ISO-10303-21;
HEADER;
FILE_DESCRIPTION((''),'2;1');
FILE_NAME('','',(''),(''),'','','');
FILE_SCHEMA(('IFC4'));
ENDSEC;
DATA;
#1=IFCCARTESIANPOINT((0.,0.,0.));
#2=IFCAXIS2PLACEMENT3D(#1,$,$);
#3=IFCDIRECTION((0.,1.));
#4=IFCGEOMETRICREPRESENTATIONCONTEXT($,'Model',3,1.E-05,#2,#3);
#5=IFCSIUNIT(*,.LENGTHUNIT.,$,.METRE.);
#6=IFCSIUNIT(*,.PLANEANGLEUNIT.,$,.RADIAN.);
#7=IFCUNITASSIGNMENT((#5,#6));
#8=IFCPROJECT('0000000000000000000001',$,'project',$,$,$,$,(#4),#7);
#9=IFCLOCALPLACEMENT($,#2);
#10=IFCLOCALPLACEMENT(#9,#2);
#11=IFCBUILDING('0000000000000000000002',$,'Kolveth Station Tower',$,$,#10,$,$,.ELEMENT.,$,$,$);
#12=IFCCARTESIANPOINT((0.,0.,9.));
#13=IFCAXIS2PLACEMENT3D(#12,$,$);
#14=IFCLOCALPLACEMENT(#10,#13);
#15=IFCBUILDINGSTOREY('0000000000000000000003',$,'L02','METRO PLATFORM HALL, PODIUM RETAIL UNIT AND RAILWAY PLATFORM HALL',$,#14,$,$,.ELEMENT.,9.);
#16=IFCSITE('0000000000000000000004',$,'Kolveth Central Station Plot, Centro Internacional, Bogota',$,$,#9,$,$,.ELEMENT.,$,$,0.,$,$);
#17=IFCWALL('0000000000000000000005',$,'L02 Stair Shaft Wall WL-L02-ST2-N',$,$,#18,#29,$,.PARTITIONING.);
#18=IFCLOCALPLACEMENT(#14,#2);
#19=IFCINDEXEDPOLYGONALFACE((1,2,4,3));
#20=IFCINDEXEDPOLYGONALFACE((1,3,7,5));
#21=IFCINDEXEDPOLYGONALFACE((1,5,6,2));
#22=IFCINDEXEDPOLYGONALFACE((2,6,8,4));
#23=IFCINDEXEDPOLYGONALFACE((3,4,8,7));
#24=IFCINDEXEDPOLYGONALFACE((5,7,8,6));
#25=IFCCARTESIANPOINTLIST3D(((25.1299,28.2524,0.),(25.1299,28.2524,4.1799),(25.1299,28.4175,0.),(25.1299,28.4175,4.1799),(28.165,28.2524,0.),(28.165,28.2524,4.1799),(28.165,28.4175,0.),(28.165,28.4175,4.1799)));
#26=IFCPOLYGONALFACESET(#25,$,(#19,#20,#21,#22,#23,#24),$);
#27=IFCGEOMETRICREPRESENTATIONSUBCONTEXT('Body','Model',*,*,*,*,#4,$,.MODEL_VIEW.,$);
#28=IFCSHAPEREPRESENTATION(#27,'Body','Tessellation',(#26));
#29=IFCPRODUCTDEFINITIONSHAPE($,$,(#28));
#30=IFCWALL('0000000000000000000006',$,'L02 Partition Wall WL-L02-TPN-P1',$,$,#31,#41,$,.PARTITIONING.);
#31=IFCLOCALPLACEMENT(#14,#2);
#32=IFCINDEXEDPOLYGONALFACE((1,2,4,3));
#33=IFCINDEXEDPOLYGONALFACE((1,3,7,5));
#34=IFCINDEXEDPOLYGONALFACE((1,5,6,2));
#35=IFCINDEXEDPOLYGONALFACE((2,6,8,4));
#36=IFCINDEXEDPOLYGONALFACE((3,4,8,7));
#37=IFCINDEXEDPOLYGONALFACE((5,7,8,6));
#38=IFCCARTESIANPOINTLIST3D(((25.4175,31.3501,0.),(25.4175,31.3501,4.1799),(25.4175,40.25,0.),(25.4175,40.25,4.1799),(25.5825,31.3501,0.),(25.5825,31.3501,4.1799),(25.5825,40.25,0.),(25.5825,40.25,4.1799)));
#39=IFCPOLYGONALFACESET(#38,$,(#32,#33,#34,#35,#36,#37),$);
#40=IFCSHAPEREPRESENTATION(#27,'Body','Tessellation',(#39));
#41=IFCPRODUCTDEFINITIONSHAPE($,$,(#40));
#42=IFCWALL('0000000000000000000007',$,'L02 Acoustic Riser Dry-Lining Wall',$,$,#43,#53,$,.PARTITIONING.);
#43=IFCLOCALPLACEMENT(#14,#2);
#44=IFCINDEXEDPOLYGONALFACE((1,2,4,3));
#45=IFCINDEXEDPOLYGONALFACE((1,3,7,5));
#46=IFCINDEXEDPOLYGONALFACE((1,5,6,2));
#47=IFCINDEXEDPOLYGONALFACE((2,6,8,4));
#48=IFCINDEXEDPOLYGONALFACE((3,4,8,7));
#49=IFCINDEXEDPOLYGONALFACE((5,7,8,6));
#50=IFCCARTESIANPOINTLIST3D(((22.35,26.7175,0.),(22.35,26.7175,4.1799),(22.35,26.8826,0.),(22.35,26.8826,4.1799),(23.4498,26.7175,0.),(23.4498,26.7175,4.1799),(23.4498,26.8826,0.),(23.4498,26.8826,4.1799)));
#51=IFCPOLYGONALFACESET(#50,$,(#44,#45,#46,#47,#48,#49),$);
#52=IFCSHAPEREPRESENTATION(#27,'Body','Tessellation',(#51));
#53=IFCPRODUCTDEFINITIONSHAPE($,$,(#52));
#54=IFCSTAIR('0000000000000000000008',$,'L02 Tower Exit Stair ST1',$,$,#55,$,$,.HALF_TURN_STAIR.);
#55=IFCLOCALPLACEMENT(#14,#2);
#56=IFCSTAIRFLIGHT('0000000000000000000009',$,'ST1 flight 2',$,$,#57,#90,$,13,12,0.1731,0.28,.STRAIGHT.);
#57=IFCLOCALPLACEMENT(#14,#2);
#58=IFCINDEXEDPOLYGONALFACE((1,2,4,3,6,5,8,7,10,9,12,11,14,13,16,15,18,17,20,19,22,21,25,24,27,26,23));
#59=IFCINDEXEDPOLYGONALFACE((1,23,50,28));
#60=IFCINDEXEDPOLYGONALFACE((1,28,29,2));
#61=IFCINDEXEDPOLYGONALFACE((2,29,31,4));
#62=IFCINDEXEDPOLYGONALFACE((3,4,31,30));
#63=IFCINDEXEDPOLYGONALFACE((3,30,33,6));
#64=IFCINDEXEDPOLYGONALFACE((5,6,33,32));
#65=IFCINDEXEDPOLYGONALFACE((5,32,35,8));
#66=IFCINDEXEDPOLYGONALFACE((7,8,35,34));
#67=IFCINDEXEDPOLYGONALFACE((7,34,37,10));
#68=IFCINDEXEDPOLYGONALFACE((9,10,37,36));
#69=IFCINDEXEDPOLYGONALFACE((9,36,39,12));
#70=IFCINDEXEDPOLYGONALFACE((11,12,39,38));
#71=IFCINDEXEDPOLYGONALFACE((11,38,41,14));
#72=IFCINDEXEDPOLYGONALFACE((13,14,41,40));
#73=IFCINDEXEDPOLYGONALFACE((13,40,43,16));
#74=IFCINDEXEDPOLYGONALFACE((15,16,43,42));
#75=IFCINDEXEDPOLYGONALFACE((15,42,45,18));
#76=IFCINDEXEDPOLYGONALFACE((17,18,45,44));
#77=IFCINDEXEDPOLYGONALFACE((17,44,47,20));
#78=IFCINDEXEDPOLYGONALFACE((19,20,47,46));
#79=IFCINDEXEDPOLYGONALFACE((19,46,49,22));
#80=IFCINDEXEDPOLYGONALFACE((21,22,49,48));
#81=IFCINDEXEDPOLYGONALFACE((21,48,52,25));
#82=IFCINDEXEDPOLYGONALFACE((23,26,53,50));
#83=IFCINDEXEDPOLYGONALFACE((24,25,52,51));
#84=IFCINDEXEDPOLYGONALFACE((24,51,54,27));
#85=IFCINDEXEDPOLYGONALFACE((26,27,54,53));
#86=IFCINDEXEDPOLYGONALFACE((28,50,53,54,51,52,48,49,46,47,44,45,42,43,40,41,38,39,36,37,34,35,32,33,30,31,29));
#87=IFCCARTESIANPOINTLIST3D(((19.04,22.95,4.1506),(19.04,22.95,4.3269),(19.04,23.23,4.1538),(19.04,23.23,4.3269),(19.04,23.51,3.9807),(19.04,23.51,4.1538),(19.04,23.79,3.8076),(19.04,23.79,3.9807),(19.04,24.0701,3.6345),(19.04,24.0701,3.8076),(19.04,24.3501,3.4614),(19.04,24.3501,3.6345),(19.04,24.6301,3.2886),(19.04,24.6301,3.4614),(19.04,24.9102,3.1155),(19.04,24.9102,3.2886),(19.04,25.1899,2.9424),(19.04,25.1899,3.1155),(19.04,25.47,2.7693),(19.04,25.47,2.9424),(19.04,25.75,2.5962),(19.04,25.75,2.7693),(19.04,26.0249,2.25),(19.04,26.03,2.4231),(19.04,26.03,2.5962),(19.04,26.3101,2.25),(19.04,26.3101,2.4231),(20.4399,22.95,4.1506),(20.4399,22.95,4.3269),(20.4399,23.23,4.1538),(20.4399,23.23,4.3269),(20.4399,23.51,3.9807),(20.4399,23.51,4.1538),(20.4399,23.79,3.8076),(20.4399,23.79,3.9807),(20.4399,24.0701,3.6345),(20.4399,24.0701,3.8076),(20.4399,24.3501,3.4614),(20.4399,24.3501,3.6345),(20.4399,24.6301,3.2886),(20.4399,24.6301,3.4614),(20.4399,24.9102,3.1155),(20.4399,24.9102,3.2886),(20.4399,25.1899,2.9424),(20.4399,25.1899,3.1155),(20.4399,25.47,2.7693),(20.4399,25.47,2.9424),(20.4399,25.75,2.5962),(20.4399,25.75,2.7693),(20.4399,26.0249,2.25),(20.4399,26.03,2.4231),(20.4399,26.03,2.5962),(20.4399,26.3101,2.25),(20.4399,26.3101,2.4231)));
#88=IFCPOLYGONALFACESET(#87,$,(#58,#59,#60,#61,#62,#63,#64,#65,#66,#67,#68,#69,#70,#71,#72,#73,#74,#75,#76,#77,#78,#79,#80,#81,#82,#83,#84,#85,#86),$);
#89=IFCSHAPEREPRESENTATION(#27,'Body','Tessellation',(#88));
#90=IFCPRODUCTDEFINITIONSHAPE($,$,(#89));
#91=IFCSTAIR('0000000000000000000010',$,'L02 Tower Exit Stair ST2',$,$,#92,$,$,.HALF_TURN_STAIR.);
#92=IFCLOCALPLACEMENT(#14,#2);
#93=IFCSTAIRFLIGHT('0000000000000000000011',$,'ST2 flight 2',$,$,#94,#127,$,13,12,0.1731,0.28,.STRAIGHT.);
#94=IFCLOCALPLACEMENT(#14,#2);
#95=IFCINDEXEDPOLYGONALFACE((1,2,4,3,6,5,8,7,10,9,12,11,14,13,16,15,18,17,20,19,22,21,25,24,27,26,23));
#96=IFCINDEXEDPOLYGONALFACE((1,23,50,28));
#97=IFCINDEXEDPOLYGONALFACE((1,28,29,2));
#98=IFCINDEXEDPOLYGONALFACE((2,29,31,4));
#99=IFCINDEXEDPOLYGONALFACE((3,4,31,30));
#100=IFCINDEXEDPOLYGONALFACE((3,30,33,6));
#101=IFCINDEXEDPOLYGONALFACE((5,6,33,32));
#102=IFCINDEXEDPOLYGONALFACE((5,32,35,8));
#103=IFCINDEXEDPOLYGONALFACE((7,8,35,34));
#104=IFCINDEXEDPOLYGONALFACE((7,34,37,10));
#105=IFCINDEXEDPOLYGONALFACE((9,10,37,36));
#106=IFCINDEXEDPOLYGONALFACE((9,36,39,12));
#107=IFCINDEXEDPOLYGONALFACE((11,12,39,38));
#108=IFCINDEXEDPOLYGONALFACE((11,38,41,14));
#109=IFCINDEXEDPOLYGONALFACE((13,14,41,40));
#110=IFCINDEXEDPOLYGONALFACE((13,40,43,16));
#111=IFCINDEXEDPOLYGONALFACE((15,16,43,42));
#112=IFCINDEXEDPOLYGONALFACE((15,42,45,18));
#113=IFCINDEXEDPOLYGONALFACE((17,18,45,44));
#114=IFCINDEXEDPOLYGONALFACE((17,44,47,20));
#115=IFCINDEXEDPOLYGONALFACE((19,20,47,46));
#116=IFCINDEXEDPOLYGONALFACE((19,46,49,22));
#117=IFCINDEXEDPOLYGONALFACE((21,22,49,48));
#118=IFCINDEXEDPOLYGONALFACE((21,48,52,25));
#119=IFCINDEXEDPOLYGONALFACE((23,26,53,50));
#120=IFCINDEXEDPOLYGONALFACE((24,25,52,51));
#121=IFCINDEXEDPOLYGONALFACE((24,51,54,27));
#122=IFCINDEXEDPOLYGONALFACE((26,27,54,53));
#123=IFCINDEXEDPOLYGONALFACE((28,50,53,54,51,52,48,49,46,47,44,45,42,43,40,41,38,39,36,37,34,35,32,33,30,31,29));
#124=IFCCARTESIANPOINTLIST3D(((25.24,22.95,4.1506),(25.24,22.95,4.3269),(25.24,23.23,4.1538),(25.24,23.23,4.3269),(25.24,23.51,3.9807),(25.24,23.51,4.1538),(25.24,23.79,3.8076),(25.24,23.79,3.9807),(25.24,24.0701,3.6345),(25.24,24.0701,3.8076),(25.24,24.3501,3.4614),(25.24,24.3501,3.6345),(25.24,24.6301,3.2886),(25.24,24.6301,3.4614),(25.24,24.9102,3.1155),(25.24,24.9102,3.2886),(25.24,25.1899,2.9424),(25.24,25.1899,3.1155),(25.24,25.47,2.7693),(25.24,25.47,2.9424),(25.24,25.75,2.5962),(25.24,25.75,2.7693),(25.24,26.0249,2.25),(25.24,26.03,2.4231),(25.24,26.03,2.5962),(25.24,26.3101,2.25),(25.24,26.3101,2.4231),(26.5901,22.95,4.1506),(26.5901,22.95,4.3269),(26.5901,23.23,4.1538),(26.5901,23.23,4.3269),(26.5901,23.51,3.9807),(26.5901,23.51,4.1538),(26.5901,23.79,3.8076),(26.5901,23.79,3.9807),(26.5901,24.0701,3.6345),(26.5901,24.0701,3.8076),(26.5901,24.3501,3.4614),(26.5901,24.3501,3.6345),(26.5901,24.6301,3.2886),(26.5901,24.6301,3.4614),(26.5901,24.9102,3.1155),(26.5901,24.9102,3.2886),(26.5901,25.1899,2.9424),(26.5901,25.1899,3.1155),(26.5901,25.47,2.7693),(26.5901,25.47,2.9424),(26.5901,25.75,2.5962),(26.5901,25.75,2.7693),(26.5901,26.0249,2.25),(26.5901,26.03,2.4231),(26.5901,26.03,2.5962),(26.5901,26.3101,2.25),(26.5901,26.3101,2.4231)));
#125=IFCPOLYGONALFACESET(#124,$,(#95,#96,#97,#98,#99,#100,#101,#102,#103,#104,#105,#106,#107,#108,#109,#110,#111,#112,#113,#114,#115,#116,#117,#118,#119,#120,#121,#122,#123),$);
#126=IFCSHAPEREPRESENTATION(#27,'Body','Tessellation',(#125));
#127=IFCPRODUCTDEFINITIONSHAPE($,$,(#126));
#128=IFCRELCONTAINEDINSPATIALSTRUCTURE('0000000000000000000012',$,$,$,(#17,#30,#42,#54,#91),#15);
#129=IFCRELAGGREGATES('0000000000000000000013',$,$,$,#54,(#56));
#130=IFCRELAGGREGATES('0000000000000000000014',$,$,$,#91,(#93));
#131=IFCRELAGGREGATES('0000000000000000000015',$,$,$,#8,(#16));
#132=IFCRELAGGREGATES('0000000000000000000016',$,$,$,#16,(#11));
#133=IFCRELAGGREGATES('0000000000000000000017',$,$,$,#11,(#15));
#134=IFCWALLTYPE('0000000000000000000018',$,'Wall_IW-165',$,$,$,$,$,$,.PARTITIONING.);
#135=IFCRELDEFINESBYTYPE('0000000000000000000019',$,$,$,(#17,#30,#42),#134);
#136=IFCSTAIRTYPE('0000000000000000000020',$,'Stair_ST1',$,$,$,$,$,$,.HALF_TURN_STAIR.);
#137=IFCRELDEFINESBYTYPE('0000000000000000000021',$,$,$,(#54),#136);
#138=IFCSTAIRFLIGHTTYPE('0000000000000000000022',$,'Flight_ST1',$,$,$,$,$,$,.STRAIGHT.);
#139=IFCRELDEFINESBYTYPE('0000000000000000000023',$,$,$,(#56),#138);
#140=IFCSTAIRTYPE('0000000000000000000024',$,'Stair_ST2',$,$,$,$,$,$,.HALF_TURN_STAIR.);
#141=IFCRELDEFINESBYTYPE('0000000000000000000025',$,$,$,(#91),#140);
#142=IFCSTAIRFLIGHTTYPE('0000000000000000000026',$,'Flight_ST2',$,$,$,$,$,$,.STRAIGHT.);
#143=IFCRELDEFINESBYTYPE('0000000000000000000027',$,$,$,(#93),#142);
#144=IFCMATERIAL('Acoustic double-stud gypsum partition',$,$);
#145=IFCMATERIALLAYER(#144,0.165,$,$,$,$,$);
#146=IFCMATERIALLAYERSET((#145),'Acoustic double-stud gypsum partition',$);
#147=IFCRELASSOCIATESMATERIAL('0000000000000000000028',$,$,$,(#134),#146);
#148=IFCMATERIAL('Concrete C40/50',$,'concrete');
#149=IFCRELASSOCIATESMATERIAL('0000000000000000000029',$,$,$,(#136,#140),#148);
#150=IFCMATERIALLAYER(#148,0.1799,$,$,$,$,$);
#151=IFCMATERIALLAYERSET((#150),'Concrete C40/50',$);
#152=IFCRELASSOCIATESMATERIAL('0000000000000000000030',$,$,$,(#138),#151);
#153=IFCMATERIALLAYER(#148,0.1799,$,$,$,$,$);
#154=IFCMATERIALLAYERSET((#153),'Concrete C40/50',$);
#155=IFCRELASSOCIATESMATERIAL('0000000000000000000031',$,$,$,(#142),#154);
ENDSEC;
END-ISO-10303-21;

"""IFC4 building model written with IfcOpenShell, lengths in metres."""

from ifc_helpers import new_model, si_unit, direction, frame, frame_2d, origin, place, context, subcontext, project, spatial, polyline, rectangle, outline, extrude, material, layer, layer_set, type_object, element, aggregate, save


model = new_model("IFC4")

# Units and contexts
model_context = context("Model", 3, precision=1e-05, world=origin(), true_north=direction((0.0, 1.0)))
body_context = subcontext(model_context, "Body", "Model", "MODEL_VIEW")
ifc_project = project(units=[si_unit("LENGTHUNIT", "METRE"), si_unit("PLANEANGLEUNIT", "RADIAN")], contexts=[model_context])

# Site, building, storey
site_placement = place(None, origin())
site = spatial("IfcSite", under=ifc_project, at=site_placement, Name="Kolveth Central Station Plot, Centro Internacional, Bogota", CompositionType="ELEMENT", RefElevation=0.0)
building_placement = place(site_placement, origin())
building = spatial("IfcBuilding", under=site, at=building_placement, Name="Kolveth Station Tower", CompositionType="ELEMENT")
storey_placement = place(building_placement, frame((0.0, 0.0, 9.0)))
storey = spatial("IfcBuildingStorey", under=building, at=storey_placement, Name="L02", Description="METRO PLATFORM HALL, PODIUM RETAIL UNIT AND RAILWAY PLATFORM HALL", CompositionType="ELEMENT", Elevation=9.0)

# Walls
ifc_material_1 = material(Name="Acoustic double-stud gypsum partition")
ifc_layer_1 = layer(ifc_material_1, 0.165)
ifc_layer_set_1 = layer_set([ifc_layer_1], Name="Acoustic double-stud gypsum partition")
wall_type = type_object("IfcWallType", Name="Wall_IW-165", PredefinedType="PARTITIONING", material=ifc_layer_set_1)
wall_1_placement = place(storey_placement, frame((25.1299, 28.335, 0.0), z_axis=(0.0, 0.0, 1.0), x_axis=(1.0, 0.0, 0.0)))
element("IfcWall", 1, at=wall_1_placement, inside=storey, type_object=wall_type, Name="L02 Stair Shaft Wall WL-L02-ST2-N", PredefinedType="PARTITIONING", context=body_context, shape_type="SweptSolid", body=[
    extrude(rectangle(XDim=3.0352, YDim=0.165, at=frame_2d((1.5176, 0.0))), origin(), (0.0, 0.0, 1.0), 4.1799),
])
wall_2_placement = place(storey_placement, frame((25.5, 31.3501, 0.0), z_axis=(0.0, 0.0, 1.0), x_axis=(0.0, 1.0, 0.0)))
element("IfcWall", 2, at=wall_2_placement, inside=storey, type_object=wall_type, Name="L02 Partition Wall WL-L02-TPN-P1", PredefinedType="PARTITIONING", context=body_context, shape_type="SweptSolid", body=[
    extrude(rectangle(XDim=8.8999, YDim=0.165, at=frame_2d((4.45, 0.0))), origin(), (0.0, 0.0, 1.0), 4.1799),
])
wall_3_placement = place(storey_placement, frame((22.3501, 26.8, 0.0), z_axis=(0.0, 0.0, 1.0), x_axis=(1.0, 0.0, 0.0)))
element("IfcWall", 3, at=wall_3_placement, inside=storey, type_object=wall_type, Name="L02 Acoustic Riser Dry-Lining Wall", PredefinedType="PARTITIONING", context=body_context, shape_type="SweptSolid", body=[
    extrude(rectangle(XDim=1.0999, YDim=0.165, at=frame_2d((0.5498, 0.0))), origin(), (0.0, 0.0, 1.0), 4.1799),
])

# Stairs, stair flights
ifc_material_2 = material(Name="Concrete C40/50", Category="concrete")
stair_type_1 = type_object("IfcStairType", Name="Stair_ST1", PredefinedType="HALF_TURN_STAIR", material=ifc_material_2)
stair_1_placement = place(storey_placement, origin())
stair_1 = element("IfcStair", 4, at=stair_1_placement, inside=storey, type_object=stair_type_1, Name="L02 Tower Exit Stair ST1", PredefinedType="HALF_TURN_STAIR")
ifc_layer_2 = layer(ifc_material_2, 0.1799)
ifc_layer_set_2 = layer_set([ifc_layer_2], Name="Concrete C40/50")
stair_flight_type_1 = type_object("IfcStairFlightType", Name="Flight_ST1", PredefinedType="STRAIGHT", material=ifc_layer_set_2)
stair_flight_1_placement = place(storey_placement, frame((19.74, 26.3101, 2.25), z_axis=(0.0, 0.0, 1.0), x_axis=(0.0, -1.0, 0.0)))
stair_flight_1 = element("IfcStairFlight", 5, at=stair_flight_1_placement, type_object=stair_flight_type_1, Name="ST1 flight 2", NumberOfRisers=13, NumberOfTreads=12, PredefinedType="STRAIGHT", RiserHeight=0.1731, TreadLength=0.28, context=body_context, shape_type="SweptSolid", body=[
    extrude(outline(polyline([(0.0, 0.0), (0.0, 0.1731), (0.28, 0.1731), (0.28, 0.3462), (0.5601, 0.3462), (0.5601, 0.5193), (0.8401, 0.5193), (0.8401, 0.6924), (1.1201, 0.6924), (1.1201, 0.8655), (1.3999, 0.8655), (1.3999, 1.0386), (1.6799, 1.0386), (1.6799, 1.2114), (1.96, 1.2114), (1.96, 1.3845), (2.24, 1.3845), (2.24, 1.5576), (2.52, 1.5576), (2.52, 1.7307), (2.8, 1.7307), (2.8, 1.9038), (3.0801, 1.9038), (3.0801, 2.0769), (3.3601, 2.0769), (3.3601, 2.25), (3.3601, 1.9006), (0.2852, 0.0), (0.0, 0.0)])), frame((0.0, 0.7, 0.0), z_axis=(0.0, -1.0, 0.0), x_axis=(1.0, 0.0, 0.0)), (0.0, 0.0, 1.0), 1.3999),
])
aggregate(stair_1, [stair_flight_1])
stair_type_2 = type_object("IfcStairType", Name="Stair_ST2", PredefinedType="HALF_TURN_STAIR", material=ifc_material_2)
stair_2_placement = place(storey_placement, origin())
stair_2 = element("IfcStair", 6, at=stair_2_placement, inside=storey, type_object=stair_type_2, Name="L02 Tower Exit Stair ST2", PredefinedType="HALF_TURN_STAIR")
ifc_layer_3 = layer(ifc_material_2, 0.1799)
ifc_layer_set_3 = layer_set([ifc_layer_3], Name="Concrete C40/50")
stair_flight_type_2 = type_object("IfcStairFlightType", Name="Flight_ST2", PredefinedType="STRAIGHT", material=ifc_layer_set_3)
stair_flight_2_placement = place(storey_placement, frame((25.915, 26.3101, 2.25), z_axis=(0.0, 0.0, 1.0), x_axis=(0.0, -1.0, 0.0)))
stair_flight_2 = element("IfcStairFlight", 7, at=stair_flight_2_placement, type_object=stair_flight_type_2, Name="ST2 flight 2", NumberOfRisers=13, NumberOfTreads=12, PredefinedType="STRAIGHT", RiserHeight=0.1731, TreadLength=0.28, context=body_context, shape_type="SweptSolid", body=[
    extrude(outline(polyline([(0.0, 0.0), (0.0, 0.1731), (0.28, 0.1731), (0.28, 0.3462), (0.5601, 0.3462), (0.5601, 0.5193), (0.8401, 0.5193), (0.8401, 0.6924), (1.1201, 0.6924), (1.1201, 0.8655), (1.3999, 0.8655), (1.3999, 1.0386), (1.6799, 1.0386), (1.6799, 1.2114), (1.96, 1.2114), (1.96, 1.3845), (2.24, 1.3845), (2.24, 1.5576), (2.52, 1.5576), (2.52, 1.7307), (2.8, 1.7307), (2.8, 1.9038), (3.0801, 1.9038), (3.0801, 2.0769), (3.3601, 2.0769), (3.3601, 2.25), (3.3601, 1.9006), (0.2852, 0.0), (0.0, 0.0)])), frame((0.0, 0.675, 0.0), z_axis=(0.0, -1.0, 0.0), x_axis=(1.0, 0.0, 0.0)), (0.0, 0.0, 1.0), 1.3501),
])
aggregate(stair_2, [stair_flight_2])

save(model, "model.ifc")
